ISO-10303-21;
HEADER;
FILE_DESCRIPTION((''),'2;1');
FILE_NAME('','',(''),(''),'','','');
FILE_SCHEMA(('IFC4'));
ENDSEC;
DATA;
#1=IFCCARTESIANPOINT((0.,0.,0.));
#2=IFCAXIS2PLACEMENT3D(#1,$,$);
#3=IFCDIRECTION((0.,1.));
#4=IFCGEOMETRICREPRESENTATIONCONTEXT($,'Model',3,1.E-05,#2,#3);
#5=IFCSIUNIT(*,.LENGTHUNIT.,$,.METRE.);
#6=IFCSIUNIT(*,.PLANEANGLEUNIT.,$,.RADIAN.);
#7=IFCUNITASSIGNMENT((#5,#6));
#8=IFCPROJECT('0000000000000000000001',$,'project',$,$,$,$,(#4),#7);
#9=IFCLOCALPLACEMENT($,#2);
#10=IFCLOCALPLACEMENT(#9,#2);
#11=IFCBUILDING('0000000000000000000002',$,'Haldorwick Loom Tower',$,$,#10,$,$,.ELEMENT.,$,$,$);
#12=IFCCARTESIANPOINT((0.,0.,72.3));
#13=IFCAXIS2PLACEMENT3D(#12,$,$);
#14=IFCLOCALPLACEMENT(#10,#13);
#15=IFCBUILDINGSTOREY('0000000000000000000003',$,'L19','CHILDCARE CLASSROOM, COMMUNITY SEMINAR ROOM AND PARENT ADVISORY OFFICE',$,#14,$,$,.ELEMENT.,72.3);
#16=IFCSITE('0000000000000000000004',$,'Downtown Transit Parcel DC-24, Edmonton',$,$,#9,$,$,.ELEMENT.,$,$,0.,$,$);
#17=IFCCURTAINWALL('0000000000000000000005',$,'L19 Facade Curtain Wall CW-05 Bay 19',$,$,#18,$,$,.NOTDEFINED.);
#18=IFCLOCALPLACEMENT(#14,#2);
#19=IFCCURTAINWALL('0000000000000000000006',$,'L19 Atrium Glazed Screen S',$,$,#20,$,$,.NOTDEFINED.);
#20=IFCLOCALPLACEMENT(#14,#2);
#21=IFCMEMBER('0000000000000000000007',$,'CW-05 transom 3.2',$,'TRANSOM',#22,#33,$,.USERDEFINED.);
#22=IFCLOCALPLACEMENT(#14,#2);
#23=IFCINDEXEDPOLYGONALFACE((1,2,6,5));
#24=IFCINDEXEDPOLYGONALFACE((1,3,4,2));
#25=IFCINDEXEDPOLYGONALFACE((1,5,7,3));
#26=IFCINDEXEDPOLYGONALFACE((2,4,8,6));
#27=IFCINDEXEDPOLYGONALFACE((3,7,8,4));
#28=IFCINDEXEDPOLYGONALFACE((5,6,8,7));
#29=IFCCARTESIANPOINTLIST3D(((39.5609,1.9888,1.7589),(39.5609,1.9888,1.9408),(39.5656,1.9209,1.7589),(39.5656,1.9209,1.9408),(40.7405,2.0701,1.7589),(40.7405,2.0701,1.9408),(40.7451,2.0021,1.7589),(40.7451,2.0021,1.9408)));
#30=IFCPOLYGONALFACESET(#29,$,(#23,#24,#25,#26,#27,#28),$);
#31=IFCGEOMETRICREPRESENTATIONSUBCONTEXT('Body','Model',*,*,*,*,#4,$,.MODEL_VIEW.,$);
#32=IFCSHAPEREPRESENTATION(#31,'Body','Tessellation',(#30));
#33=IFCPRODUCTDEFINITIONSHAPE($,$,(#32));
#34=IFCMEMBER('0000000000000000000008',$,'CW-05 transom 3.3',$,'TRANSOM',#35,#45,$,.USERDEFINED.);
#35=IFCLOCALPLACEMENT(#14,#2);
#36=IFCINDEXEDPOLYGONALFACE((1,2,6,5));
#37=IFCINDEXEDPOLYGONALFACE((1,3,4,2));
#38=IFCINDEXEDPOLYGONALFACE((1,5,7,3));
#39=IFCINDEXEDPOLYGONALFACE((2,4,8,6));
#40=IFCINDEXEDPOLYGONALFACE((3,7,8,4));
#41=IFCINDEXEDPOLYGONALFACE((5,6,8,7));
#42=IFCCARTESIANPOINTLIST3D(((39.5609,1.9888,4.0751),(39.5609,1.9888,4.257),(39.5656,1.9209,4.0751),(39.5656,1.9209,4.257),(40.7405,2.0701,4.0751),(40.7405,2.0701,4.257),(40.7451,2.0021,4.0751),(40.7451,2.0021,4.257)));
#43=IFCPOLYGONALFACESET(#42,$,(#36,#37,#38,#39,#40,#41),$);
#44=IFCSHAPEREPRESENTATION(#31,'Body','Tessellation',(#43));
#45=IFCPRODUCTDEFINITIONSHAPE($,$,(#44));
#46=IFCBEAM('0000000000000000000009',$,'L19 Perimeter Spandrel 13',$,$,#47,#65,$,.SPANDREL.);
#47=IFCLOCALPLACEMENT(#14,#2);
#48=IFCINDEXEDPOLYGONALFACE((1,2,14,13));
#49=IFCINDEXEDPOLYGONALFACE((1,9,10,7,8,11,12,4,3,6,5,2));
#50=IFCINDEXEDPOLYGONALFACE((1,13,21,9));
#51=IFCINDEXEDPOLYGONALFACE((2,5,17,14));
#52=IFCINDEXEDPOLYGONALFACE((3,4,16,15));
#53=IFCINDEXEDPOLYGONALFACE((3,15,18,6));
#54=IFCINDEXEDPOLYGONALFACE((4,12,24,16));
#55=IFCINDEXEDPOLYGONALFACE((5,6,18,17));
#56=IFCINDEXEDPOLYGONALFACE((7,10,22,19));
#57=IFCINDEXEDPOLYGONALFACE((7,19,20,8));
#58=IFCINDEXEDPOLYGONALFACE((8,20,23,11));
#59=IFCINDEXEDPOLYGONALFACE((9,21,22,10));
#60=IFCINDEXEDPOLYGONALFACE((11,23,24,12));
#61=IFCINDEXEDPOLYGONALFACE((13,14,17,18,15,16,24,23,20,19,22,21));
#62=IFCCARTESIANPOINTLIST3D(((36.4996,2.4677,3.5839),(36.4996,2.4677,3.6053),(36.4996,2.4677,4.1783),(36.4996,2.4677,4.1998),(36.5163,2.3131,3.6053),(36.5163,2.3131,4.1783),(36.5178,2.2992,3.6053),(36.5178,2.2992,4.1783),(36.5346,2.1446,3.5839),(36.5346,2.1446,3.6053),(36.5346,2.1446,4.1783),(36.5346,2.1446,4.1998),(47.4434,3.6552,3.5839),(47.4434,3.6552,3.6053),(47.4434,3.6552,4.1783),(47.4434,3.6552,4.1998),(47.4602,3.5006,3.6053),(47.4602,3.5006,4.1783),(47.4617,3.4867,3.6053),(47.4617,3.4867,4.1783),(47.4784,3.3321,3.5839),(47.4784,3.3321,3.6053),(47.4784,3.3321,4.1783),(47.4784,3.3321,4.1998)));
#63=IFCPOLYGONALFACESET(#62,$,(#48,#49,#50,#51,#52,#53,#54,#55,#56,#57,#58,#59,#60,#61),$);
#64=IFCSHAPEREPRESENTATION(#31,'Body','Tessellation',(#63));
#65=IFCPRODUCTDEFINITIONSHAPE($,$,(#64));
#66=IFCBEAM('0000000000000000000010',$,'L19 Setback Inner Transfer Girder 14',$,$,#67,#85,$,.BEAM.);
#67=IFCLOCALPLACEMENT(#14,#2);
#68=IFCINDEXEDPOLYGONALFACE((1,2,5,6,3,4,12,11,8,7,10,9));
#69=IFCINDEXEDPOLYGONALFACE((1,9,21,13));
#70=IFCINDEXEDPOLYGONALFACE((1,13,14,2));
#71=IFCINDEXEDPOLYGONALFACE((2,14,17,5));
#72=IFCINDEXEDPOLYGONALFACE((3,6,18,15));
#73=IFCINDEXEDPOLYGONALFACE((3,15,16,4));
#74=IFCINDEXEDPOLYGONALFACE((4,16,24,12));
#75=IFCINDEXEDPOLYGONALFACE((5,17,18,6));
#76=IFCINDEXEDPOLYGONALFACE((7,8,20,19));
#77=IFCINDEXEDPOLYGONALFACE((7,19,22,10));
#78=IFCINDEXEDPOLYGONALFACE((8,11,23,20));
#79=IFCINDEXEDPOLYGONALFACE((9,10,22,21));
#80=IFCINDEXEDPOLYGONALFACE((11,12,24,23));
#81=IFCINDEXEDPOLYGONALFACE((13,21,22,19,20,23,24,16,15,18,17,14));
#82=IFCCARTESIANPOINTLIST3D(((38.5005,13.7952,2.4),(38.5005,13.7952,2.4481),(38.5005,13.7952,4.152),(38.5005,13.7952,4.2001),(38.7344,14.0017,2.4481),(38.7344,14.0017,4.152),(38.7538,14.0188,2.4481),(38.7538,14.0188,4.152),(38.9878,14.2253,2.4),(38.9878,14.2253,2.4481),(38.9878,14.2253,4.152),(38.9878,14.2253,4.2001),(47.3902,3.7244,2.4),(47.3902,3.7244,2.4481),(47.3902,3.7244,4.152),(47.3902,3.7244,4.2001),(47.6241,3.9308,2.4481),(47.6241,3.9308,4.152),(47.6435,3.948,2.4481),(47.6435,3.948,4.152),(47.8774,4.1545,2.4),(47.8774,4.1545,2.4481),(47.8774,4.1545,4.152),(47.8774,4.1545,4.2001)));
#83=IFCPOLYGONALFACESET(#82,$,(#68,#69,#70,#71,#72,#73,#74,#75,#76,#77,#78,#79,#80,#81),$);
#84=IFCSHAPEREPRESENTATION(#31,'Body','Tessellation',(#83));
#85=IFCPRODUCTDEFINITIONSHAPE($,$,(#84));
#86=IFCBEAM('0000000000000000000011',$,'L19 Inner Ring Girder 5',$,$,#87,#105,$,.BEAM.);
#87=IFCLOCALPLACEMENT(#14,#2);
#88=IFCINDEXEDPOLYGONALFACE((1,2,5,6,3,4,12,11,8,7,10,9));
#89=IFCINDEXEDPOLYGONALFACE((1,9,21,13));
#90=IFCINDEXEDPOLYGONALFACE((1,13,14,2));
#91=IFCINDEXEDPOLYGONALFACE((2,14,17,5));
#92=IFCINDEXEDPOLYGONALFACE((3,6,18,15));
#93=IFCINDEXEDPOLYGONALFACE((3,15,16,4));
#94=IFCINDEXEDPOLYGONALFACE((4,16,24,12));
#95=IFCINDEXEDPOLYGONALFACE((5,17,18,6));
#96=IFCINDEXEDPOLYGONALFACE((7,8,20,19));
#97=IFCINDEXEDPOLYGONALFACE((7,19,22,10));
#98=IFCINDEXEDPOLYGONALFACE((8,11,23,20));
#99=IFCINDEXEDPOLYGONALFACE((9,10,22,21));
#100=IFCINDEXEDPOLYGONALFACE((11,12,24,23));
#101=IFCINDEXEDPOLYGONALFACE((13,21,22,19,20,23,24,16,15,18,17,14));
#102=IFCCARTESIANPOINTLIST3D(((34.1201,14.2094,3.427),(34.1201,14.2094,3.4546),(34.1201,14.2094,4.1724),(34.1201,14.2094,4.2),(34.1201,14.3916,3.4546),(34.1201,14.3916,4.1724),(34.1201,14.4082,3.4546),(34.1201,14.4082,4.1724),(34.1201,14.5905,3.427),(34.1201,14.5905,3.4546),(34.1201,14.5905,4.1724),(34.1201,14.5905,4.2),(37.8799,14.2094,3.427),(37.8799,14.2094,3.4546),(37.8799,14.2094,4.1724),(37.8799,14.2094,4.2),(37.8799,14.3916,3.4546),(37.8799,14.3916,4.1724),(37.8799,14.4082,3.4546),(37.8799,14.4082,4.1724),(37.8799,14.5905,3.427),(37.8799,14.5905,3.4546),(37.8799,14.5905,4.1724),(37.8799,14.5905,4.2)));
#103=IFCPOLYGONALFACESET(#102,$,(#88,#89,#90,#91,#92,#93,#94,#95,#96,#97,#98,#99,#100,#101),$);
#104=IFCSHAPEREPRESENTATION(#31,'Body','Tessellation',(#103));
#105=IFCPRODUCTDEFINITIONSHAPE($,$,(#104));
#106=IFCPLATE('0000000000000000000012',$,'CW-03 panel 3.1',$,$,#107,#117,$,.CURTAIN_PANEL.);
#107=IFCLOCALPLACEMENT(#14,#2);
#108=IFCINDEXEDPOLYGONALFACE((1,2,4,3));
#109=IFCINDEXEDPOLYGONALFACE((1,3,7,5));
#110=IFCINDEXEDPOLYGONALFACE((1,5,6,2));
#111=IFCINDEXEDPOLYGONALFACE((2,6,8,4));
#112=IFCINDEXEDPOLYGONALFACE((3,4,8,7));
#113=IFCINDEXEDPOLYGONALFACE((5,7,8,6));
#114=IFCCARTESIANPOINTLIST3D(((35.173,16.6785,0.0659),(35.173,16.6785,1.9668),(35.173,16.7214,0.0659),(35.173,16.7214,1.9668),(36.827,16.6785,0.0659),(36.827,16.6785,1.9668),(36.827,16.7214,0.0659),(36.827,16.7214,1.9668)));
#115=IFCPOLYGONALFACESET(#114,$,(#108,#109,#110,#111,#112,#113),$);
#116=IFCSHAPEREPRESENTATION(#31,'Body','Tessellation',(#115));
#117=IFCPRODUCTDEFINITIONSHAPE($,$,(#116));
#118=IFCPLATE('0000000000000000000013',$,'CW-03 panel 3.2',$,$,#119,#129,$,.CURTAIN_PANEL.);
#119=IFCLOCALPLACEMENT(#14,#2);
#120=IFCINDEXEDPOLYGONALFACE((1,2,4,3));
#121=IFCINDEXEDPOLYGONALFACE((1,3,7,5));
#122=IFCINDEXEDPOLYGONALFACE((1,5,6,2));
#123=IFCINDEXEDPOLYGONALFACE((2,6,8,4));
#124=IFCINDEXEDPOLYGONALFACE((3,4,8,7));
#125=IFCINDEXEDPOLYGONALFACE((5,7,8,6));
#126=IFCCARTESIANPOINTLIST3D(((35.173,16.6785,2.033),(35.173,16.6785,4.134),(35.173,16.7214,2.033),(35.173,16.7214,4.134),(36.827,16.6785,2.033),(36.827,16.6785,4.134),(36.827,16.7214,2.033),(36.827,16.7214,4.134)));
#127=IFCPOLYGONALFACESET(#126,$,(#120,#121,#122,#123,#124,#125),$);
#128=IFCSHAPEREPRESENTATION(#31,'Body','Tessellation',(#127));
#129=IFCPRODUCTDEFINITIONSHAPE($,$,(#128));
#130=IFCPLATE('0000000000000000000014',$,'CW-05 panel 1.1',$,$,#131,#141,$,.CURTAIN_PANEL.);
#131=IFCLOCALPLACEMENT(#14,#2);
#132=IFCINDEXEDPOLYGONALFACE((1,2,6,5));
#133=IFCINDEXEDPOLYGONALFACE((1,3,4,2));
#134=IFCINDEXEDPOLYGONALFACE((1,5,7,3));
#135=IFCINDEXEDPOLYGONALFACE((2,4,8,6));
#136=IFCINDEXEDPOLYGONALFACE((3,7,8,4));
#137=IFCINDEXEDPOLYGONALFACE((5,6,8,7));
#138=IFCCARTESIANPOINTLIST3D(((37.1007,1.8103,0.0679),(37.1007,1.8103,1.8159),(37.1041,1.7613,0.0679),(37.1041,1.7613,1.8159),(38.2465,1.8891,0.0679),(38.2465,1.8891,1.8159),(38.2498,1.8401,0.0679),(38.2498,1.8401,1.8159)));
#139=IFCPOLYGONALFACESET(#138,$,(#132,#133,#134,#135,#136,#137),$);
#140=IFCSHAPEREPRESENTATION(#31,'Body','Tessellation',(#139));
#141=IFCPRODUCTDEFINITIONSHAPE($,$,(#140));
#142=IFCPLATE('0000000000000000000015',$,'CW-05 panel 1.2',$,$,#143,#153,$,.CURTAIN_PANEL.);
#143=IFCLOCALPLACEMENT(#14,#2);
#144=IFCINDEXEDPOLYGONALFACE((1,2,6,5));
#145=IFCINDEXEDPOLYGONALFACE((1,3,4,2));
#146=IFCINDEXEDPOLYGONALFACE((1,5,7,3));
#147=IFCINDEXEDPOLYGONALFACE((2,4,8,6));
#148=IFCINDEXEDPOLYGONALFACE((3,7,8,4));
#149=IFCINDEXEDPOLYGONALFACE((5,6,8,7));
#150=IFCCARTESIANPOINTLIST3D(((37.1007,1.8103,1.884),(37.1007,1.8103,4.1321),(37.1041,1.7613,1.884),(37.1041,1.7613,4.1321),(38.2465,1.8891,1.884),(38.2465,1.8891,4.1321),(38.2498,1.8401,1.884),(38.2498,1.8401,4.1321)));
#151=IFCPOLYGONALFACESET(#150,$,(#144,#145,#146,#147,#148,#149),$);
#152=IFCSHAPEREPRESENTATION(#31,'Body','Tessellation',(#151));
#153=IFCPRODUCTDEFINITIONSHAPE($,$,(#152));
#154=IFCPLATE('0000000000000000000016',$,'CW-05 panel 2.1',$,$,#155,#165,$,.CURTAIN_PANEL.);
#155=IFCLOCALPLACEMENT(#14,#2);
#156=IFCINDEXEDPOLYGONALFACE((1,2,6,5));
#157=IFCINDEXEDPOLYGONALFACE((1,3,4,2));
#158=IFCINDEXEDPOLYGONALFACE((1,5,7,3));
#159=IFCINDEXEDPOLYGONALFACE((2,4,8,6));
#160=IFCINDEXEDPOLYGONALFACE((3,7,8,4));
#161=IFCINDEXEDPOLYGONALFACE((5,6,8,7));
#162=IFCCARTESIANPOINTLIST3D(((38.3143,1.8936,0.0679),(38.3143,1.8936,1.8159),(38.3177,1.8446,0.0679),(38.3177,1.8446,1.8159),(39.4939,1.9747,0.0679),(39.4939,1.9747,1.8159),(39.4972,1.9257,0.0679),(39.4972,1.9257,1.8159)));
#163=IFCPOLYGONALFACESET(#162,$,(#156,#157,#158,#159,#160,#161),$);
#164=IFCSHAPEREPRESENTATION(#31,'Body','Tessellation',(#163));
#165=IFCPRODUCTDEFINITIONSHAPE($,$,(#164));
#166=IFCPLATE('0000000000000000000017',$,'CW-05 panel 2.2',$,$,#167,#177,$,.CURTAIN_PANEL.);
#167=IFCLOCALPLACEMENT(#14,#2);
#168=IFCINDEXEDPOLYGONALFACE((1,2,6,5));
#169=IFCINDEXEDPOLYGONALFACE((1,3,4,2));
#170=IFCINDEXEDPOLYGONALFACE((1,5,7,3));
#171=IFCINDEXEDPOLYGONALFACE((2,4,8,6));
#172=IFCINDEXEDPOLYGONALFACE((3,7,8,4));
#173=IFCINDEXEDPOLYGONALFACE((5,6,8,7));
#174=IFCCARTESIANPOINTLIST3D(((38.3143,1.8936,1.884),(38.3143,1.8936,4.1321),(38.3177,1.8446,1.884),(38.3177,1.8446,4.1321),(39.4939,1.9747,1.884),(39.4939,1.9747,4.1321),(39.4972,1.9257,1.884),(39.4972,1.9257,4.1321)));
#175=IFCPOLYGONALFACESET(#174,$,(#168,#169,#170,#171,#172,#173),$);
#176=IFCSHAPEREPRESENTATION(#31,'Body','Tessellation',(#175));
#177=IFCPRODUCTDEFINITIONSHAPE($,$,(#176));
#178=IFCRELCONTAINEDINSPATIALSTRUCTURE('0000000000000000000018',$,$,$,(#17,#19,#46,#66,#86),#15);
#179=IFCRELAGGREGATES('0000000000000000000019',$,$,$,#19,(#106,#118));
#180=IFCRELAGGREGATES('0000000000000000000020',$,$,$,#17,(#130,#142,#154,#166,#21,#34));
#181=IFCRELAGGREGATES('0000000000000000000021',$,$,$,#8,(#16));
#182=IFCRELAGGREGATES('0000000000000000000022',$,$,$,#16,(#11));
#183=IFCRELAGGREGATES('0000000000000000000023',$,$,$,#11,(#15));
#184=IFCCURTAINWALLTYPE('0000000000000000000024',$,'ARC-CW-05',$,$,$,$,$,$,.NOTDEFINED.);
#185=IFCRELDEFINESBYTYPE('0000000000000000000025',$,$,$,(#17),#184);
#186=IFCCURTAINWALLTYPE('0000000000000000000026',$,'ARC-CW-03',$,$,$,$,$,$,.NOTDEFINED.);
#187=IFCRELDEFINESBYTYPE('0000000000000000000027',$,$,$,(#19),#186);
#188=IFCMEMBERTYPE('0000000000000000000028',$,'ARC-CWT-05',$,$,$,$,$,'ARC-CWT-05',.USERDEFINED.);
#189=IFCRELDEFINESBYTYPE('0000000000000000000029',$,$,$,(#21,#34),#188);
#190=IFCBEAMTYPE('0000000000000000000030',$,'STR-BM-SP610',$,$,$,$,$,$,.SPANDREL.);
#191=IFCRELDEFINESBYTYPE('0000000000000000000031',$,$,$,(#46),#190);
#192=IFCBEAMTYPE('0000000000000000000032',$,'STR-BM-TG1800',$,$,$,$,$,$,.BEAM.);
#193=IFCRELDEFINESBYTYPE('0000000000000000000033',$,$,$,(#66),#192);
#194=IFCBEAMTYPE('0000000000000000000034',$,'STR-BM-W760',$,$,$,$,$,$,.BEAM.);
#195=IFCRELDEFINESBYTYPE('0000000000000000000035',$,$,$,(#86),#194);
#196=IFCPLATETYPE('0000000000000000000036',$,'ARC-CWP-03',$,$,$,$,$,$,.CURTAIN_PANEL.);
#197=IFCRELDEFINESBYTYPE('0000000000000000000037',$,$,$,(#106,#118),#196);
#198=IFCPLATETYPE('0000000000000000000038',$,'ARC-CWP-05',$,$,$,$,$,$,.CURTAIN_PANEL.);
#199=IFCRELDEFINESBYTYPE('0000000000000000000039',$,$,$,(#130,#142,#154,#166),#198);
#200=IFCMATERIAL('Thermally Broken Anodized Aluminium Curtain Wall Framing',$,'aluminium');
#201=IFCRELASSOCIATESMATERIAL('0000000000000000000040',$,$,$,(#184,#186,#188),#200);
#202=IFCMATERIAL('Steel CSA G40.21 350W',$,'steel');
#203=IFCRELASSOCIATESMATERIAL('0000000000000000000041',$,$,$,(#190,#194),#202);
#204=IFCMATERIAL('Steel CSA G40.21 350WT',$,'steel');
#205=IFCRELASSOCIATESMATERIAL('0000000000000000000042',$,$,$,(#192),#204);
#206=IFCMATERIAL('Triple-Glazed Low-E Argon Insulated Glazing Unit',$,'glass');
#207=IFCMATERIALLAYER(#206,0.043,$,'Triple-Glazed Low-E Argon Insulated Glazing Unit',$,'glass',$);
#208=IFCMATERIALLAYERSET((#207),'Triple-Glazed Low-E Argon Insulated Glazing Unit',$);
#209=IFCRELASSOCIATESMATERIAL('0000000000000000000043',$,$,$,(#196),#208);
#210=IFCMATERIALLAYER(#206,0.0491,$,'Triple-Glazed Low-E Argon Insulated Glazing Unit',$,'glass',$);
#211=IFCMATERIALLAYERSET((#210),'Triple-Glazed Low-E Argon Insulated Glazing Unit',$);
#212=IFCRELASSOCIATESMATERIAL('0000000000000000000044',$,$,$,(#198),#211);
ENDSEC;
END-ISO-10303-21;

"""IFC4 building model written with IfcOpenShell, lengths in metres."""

from ifc_helpers import new_model, si_unit, direction, frame, origin, origin_2d, place, context, subcontext, project, spatial, rectangle, i_section, extrude, material, layer, layer_set, material_profile, profile_set, type_object, element, aggregate, save


model = new_model("IFC4")

# Units and contexts
model_context = context("Model", 3, precision=1e-05, world=origin(), true_north=direction((0.0, 1.0)))
body_context = subcontext(model_context, "Body", "Model", "MODEL_VIEW")
ifc_project = project(units=[si_unit("LENGTHUNIT", "METRE"), si_unit("PLANEANGLEUNIT", "RADIAN")], contexts=[model_context])

# Site, building, storey
site_placement = place(None, origin())
site = spatial("IfcSite", under=ifc_project, at=site_placement, Name="Downtown Transit Parcel DC-24, Edmonton", CompositionType="ELEMENT", RefElevation=0.0)
building_placement = place(site_placement, origin())
building = spatial("IfcBuilding", under=site, at=building_placement, Name="Haldorwick Loom Tower", CompositionType="ELEMENT")
storey_placement = place(building_placement, frame((0.0, 0.0, 72.3)))
storey = spatial("IfcBuildingStorey", under=building, at=storey_placement, Name="L19", Description="CHILDCARE CLASSROOM, COMMUNITY SEMINAR ROOM AND PARENT ADVISORY OFFICE", CompositionType="ELEMENT", Elevation=72.3)

# Curtain walls
ifc_material_1 = material(Name="Thermally Broken Anodized Aluminium Curtain Wall Framing", Category="aluminium")
curtain_wall_type_1 = type_object("IfcCurtainWallType", Name="ARC-CW-05", PredefinedType="NOTDEFINED", material=ifc_material_1)
curtain_wall_1_placement = place(storey_placement, origin())
curtain_wall_1 = element("IfcCurtainWall", 1, at=curtain_wall_1_placement, inside=storey, type_object=curtain_wall_type_1, Name="L19 Facade Curtain Wall CW-05 Bay 19", PredefinedType="NOTDEFINED")
curtain_wall_type_2 = type_object("IfcCurtainWallType", Name="ARC-CW-03", PredefinedType="NOTDEFINED", material=ifc_material_1)
curtain_wall_2_placement = place(storey_placement, origin())
curtain_wall_2 = element("IfcCurtainWall", 2, at=curtain_wall_2_placement, inside=storey, type_object=curtain_wall_type_2, Name="L19 Atrium Glazed Screen S", PredefinedType="NOTDEFINED")

# Members
ifc_material_profile_1 = material_profile(ifc_material_1, rectangle(XDim=0.0681, YDim=0.1819, at=origin_2d()), Name="ALU_TRN_68X182", Category="aluminium")
ifc_profile_set_1 = profile_set([ifc_material_profile_1], Name="Thermally Broken Anodized Aluminium Curtain Wall Framing")
member_type_1 = type_object("IfcMemberType", Name="ARC-CWT-05", ElementType="ARC-CWT-05", PredefinedType="USERDEFINED", material=ifc_profile_set_1)
member_1_placement = place(storey_placement, frame((39.5632, 1.9548, 1.8499), z_axis=(0.997634, 0.068752, 0.0), x_axis=(-0.068752, 0.997634, 0.0)))
member_1 = element("IfcMember", 3, at=member_1_placement, type_object=member_type_1, Name="CW-05 transom 3.2", ObjectType="TRANSOM", PredefinedType="USERDEFINED", context=body_context, shape_type="SweptSolid", body=[
    extrude(rectangle(XDim=0.0681, YDim=0.1819, at=origin_2d()), origin(), (0.0, 0.0, 1.0), 1.1824),
])
member_2_placement = place(storey_placement, frame((39.5632, 1.9548, 4.166), z_axis=(0.997634, 0.068752, 0.0), x_axis=(-0.068752, 0.997634, 0.0)))
member_2 = element("IfcMember", 4, at=member_2_placement, type_object=member_type_1, Name="CW-05 transom 3.3", ObjectType="TRANSOM", PredefinedType="USERDEFINED", context=body_context, shape_type="SweptSolid", body=[
    extrude(rectangle(XDim=0.0681, YDim=0.1819, at=origin_2d()), origin(), (0.0, 0.0, 1.0), 1.1824),
])

# Beams
ifc_material_2 = material(Name="Steel CSA G40.21 350W", Category="steel")
ifc_material_profile_2 = material_profile(ifc_material_2, i_section(OverallWidth=0.325, OverallDepth=0.616, WebThickness=0.0139, FlangeThickness=0.0215, at=origin_2d()), Name="W610X174", Category="steel")
ifc_profile_set_2 = profile_set([ifc_material_profile_2], Name="Steel CSA G40.21 350W")
beam_type_1 = type_object("IfcBeamType", Name="STR-BM-SP610", PredefinedType="SPANDREL", material=ifc_profile_set_2)
beam_1_placement = place(storey_placement, frame((36.5171, 2.3062, 3.8918), z_axis=(0.994164, 0.107875, 0.0), x_axis=(-0.107875, 0.994164, 0.0)))
element("IfcBeam", 5, at=beam_1_placement, inside=storey, type_object=beam_type_1, Name="L19 Perimeter Spandrel 13", PredefinedType="SPANDREL", context=body_context, shape_type="SweptSolid", body=[
    extrude(i_section(OverallWidth=0.325, OverallDepth=0.616, WebThickness=0.0139, FlangeThickness=0.0215, at=origin_2d()), origin(), (0.0, 0.0, 1.0), 11.0081),
])
ifc_material_3 = material(Name="Steel CSA G40.21 350WT", Category="steel")
ifc_material_profile_3 = material_profile(ifc_material_3, i_section(OverallWidth=0.6499, OverallDepth=1.8, WebThickness=0.0259, FlangeThickness=0.0481, at=origin_2d()), Name="WWF1800X650", Category="steel")
ifc_profile_set_3 = profile_set([ifc_material_profile_3], Name="Steel CSA G40.21 350WT")
beam_type_2 = type_object("IfcBeamType", Name="STR-BM-TG1800", PredefinedType="BEAM", material=ifc_profile_set_3)
beam_2_placement = place(storey_placement, frame((38.7441, 14.0103, 3.3), z_axis=(0.661774, -0.749703, 0.0), x_axis=(0.749703, 0.661774, 0.0)))
element("IfcBeam", 6, at=beam_2_placement, inside=storey, type_object=beam_type_2, Name="L19 Setback Inner Transfer Girder 14", PredefinedType="BEAM", context=body_context, shape_type="SweptSolid", body=[
    extrude(i_section(OverallWidth=0.6499, OverallDepth=1.8, WebThickness=0.0259, FlangeThickness=0.0481, at=origin_2d()), origin(), (0.0, 0.0, 1.0), 13.4331),
])
ifc_material_profile_4 = material_profile(ifc_material_2, i_section(OverallWidth=0.3811, OverallDepth=0.7729, WebThickness=0.0166, FlangeThickness=0.0276, at=origin_2d()), Name="W760X257", Category="steel")
ifc_profile_set_4 = profile_set([ifc_material_profile_4], Name="Steel CSA G40.21 350W")
beam_type_3 = type_object("IfcBeamType", Name="STR-BM-W760", PredefinedType="BEAM", material=ifc_profile_set_4)
beam_3_placement = place(storey_placement, frame((37.8799, 14.3999, 3.8135), z_axis=(-1.0, 0.0, 0.0), x_axis=(0.0, -1.0, 0.0)))
element("IfcBeam", 7, at=beam_3_placement, inside=storey, type_object=beam_type_3, Name="L19 Inner Ring Girder 5", PredefinedType="BEAM", context=body_context, shape_type="SweptSolid", body=[
    extrude(i_section(OverallWidth=0.3811, OverallDepth=0.7729, WebThickness=0.0166, FlangeThickness=0.0276, at=origin_2d()), origin(), (0.0, 0.0, 1.0), 3.7598),
])

# Plates
ifc_material_4 = material(Name="Triple-Glazed Low-E Argon Insulated Glazing Unit", Category="glass")
ifc_layer_1 = layer(ifc_material_4, 0.043, Name="Triple-Glazed Low-E Argon Insulated Glazing Unit", Category="glass")
ifc_layer_set_1 = layer_set([ifc_layer_1], Name="Triple-Glazed Low-E Argon Insulated Glazing Unit")
plate_type_1 = type_object("IfcPlateType", Name="ARC-CWP-03", PredefinedType="CURTAIN_PANEL", material=ifc_layer_set_1)
plate_1_placement = place(storey_placement, frame((36.0, 16.7, 0.0659), z_axis=(0.0, 0.0, 1.0), x_axis=(-1.0, 0.0, 0.0)))
plate_1 = element("IfcPlate", 8, at=plate_1_placement, type_object=plate_type_1, Name="CW-03 panel 3.1", PredefinedType="CURTAIN_PANEL", context=body_context, shape_type="SweptSolid", body=[
    extrude(rectangle(XDim=1.6541, YDim=0.043, at=origin_2d()), origin(), (0.0, 0.0, 1.0), 1.9009),
])
plate_2_placement = place(storey_placement, frame((36.0, 16.7, 2.033), z_axis=(0.0, 0.0, 1.0), x_axis=(-1.0, 0.0, 0.0)))
plate_2 = element("IfcPlate", 9, at=plate_2_placement, type_object=plate_type_1, Name="CW-03 panel 3.2", PredefinedType="CURTAIN_PANEL", context=body_context, shape_type="SweptSolid", body=[
    extrude(rectangle(XDim=1.6541, YDim=0.043, at=origin_2d()), origin(), (0.0, 0.0, 1.0), 2.1011),
])
aggregate(curtain_wall_2, [plate_1, plate_2])
ifc_layer_2 = layer(ifc_material_4, 0.0491, Name="Triple-Glazed Low-E Argon Insulated Glazing Unit", Category="glass")
ifc_layer_set_2 = layer_set([ifc_layer_2], Name="Triple-Glazed Low-E Argon Insulated Glazing Unit")
plate_type_2 = type_object("IfcPlateType", Name="ARC-CWP-05", PredefinedType="CURTAIN_PANEL", material=ifc_layer_set_2)
plate_3_placement = place(storey_placement, frame((37.6753, 1.8252, 0.0679), z_axis=(0.0, 0.0, 1.0), x_axis=(0.997645, 0.068589, 0.0)))
plate_3 = element("IfcPlate", 10, at=plate_3_placement, type_object=plate_type_2, Name="CW-05 panel 1.1", PredefinedType="CURTAIN_PANEL", context=body_context, shape_type="SweptSolid", body=[
    extrude(rectangle(XDim=1.1484, YDim=0.0491, at=origin_2d()), origin(), (0.0, 0.0, 1.0), 1.748),
])
plate_4_placement = place(storey_placement, frame((37.6753, 1.8252, 1.884), z_axis=(0.0, 0.0, 1.0), x_axis=(0.997645, 0.068589, 0.0)))
plate_4 = element("IfcPlate", 11, at=plate_4_placement, type_object=plate_type_2, Name="CW-05 panel 1.2", PredefinedType="CURTAIN_PANEL", context=body_context, shape_type="SweptSolid", body=[
    extrude(rectangle(XDim=1.1484, YDim=0.0491, at=origin_2d()), origin(), (0.0, 0.0, 1.0), 2.248),
])
plate_5_placement = place(storey_placement, frame((38.9058, 1.9097, 0.0679), z_axis=(0.0, 0.0, 1.0), x_axis=(0.997645, 0.068589, 0.0)))
plate_5 = element("IfcPlate", 12, at=plate_5_placement, type_object=plate_type_2, Name="CW-05 panel 2.1", PredefinedType="CURTAIN_PANEL", context=body_context, shape_type="SweptSolid", body=[
    extrude(rectangle(XDim=1.1824, YDim=0.0491, at=origin_2d()), origin(), (0.0, 0.0, 1.0), 1.748),
])
plate_6_placement = place(storey_placement, frame((38.9058, 1.9097, 1.884), z_axis=(0.0, 0.0, 1.0), x_axis=(0.997645, 0.068589, 0.0)))
plate_6 = element("IfcPlate", 13, at=plate_6_placement, type_object=plate_type_2, Name="CW-05 panel 2.2", PredefinedType="CURTAIN_PANEL", context=body_context, shape_type="SweptSolid", body=[
    extrude(rectangle(XDim=1.1824, YDim=0.0491, at=origin_2d()), origin(), (0.0, 0.0, 1.0), 2.248),
])
aggregate(curtain_wall_1, [plate_3, plate_4, plate_5, plate_6, member_1, member_2])

save(model, "model.ifc")
